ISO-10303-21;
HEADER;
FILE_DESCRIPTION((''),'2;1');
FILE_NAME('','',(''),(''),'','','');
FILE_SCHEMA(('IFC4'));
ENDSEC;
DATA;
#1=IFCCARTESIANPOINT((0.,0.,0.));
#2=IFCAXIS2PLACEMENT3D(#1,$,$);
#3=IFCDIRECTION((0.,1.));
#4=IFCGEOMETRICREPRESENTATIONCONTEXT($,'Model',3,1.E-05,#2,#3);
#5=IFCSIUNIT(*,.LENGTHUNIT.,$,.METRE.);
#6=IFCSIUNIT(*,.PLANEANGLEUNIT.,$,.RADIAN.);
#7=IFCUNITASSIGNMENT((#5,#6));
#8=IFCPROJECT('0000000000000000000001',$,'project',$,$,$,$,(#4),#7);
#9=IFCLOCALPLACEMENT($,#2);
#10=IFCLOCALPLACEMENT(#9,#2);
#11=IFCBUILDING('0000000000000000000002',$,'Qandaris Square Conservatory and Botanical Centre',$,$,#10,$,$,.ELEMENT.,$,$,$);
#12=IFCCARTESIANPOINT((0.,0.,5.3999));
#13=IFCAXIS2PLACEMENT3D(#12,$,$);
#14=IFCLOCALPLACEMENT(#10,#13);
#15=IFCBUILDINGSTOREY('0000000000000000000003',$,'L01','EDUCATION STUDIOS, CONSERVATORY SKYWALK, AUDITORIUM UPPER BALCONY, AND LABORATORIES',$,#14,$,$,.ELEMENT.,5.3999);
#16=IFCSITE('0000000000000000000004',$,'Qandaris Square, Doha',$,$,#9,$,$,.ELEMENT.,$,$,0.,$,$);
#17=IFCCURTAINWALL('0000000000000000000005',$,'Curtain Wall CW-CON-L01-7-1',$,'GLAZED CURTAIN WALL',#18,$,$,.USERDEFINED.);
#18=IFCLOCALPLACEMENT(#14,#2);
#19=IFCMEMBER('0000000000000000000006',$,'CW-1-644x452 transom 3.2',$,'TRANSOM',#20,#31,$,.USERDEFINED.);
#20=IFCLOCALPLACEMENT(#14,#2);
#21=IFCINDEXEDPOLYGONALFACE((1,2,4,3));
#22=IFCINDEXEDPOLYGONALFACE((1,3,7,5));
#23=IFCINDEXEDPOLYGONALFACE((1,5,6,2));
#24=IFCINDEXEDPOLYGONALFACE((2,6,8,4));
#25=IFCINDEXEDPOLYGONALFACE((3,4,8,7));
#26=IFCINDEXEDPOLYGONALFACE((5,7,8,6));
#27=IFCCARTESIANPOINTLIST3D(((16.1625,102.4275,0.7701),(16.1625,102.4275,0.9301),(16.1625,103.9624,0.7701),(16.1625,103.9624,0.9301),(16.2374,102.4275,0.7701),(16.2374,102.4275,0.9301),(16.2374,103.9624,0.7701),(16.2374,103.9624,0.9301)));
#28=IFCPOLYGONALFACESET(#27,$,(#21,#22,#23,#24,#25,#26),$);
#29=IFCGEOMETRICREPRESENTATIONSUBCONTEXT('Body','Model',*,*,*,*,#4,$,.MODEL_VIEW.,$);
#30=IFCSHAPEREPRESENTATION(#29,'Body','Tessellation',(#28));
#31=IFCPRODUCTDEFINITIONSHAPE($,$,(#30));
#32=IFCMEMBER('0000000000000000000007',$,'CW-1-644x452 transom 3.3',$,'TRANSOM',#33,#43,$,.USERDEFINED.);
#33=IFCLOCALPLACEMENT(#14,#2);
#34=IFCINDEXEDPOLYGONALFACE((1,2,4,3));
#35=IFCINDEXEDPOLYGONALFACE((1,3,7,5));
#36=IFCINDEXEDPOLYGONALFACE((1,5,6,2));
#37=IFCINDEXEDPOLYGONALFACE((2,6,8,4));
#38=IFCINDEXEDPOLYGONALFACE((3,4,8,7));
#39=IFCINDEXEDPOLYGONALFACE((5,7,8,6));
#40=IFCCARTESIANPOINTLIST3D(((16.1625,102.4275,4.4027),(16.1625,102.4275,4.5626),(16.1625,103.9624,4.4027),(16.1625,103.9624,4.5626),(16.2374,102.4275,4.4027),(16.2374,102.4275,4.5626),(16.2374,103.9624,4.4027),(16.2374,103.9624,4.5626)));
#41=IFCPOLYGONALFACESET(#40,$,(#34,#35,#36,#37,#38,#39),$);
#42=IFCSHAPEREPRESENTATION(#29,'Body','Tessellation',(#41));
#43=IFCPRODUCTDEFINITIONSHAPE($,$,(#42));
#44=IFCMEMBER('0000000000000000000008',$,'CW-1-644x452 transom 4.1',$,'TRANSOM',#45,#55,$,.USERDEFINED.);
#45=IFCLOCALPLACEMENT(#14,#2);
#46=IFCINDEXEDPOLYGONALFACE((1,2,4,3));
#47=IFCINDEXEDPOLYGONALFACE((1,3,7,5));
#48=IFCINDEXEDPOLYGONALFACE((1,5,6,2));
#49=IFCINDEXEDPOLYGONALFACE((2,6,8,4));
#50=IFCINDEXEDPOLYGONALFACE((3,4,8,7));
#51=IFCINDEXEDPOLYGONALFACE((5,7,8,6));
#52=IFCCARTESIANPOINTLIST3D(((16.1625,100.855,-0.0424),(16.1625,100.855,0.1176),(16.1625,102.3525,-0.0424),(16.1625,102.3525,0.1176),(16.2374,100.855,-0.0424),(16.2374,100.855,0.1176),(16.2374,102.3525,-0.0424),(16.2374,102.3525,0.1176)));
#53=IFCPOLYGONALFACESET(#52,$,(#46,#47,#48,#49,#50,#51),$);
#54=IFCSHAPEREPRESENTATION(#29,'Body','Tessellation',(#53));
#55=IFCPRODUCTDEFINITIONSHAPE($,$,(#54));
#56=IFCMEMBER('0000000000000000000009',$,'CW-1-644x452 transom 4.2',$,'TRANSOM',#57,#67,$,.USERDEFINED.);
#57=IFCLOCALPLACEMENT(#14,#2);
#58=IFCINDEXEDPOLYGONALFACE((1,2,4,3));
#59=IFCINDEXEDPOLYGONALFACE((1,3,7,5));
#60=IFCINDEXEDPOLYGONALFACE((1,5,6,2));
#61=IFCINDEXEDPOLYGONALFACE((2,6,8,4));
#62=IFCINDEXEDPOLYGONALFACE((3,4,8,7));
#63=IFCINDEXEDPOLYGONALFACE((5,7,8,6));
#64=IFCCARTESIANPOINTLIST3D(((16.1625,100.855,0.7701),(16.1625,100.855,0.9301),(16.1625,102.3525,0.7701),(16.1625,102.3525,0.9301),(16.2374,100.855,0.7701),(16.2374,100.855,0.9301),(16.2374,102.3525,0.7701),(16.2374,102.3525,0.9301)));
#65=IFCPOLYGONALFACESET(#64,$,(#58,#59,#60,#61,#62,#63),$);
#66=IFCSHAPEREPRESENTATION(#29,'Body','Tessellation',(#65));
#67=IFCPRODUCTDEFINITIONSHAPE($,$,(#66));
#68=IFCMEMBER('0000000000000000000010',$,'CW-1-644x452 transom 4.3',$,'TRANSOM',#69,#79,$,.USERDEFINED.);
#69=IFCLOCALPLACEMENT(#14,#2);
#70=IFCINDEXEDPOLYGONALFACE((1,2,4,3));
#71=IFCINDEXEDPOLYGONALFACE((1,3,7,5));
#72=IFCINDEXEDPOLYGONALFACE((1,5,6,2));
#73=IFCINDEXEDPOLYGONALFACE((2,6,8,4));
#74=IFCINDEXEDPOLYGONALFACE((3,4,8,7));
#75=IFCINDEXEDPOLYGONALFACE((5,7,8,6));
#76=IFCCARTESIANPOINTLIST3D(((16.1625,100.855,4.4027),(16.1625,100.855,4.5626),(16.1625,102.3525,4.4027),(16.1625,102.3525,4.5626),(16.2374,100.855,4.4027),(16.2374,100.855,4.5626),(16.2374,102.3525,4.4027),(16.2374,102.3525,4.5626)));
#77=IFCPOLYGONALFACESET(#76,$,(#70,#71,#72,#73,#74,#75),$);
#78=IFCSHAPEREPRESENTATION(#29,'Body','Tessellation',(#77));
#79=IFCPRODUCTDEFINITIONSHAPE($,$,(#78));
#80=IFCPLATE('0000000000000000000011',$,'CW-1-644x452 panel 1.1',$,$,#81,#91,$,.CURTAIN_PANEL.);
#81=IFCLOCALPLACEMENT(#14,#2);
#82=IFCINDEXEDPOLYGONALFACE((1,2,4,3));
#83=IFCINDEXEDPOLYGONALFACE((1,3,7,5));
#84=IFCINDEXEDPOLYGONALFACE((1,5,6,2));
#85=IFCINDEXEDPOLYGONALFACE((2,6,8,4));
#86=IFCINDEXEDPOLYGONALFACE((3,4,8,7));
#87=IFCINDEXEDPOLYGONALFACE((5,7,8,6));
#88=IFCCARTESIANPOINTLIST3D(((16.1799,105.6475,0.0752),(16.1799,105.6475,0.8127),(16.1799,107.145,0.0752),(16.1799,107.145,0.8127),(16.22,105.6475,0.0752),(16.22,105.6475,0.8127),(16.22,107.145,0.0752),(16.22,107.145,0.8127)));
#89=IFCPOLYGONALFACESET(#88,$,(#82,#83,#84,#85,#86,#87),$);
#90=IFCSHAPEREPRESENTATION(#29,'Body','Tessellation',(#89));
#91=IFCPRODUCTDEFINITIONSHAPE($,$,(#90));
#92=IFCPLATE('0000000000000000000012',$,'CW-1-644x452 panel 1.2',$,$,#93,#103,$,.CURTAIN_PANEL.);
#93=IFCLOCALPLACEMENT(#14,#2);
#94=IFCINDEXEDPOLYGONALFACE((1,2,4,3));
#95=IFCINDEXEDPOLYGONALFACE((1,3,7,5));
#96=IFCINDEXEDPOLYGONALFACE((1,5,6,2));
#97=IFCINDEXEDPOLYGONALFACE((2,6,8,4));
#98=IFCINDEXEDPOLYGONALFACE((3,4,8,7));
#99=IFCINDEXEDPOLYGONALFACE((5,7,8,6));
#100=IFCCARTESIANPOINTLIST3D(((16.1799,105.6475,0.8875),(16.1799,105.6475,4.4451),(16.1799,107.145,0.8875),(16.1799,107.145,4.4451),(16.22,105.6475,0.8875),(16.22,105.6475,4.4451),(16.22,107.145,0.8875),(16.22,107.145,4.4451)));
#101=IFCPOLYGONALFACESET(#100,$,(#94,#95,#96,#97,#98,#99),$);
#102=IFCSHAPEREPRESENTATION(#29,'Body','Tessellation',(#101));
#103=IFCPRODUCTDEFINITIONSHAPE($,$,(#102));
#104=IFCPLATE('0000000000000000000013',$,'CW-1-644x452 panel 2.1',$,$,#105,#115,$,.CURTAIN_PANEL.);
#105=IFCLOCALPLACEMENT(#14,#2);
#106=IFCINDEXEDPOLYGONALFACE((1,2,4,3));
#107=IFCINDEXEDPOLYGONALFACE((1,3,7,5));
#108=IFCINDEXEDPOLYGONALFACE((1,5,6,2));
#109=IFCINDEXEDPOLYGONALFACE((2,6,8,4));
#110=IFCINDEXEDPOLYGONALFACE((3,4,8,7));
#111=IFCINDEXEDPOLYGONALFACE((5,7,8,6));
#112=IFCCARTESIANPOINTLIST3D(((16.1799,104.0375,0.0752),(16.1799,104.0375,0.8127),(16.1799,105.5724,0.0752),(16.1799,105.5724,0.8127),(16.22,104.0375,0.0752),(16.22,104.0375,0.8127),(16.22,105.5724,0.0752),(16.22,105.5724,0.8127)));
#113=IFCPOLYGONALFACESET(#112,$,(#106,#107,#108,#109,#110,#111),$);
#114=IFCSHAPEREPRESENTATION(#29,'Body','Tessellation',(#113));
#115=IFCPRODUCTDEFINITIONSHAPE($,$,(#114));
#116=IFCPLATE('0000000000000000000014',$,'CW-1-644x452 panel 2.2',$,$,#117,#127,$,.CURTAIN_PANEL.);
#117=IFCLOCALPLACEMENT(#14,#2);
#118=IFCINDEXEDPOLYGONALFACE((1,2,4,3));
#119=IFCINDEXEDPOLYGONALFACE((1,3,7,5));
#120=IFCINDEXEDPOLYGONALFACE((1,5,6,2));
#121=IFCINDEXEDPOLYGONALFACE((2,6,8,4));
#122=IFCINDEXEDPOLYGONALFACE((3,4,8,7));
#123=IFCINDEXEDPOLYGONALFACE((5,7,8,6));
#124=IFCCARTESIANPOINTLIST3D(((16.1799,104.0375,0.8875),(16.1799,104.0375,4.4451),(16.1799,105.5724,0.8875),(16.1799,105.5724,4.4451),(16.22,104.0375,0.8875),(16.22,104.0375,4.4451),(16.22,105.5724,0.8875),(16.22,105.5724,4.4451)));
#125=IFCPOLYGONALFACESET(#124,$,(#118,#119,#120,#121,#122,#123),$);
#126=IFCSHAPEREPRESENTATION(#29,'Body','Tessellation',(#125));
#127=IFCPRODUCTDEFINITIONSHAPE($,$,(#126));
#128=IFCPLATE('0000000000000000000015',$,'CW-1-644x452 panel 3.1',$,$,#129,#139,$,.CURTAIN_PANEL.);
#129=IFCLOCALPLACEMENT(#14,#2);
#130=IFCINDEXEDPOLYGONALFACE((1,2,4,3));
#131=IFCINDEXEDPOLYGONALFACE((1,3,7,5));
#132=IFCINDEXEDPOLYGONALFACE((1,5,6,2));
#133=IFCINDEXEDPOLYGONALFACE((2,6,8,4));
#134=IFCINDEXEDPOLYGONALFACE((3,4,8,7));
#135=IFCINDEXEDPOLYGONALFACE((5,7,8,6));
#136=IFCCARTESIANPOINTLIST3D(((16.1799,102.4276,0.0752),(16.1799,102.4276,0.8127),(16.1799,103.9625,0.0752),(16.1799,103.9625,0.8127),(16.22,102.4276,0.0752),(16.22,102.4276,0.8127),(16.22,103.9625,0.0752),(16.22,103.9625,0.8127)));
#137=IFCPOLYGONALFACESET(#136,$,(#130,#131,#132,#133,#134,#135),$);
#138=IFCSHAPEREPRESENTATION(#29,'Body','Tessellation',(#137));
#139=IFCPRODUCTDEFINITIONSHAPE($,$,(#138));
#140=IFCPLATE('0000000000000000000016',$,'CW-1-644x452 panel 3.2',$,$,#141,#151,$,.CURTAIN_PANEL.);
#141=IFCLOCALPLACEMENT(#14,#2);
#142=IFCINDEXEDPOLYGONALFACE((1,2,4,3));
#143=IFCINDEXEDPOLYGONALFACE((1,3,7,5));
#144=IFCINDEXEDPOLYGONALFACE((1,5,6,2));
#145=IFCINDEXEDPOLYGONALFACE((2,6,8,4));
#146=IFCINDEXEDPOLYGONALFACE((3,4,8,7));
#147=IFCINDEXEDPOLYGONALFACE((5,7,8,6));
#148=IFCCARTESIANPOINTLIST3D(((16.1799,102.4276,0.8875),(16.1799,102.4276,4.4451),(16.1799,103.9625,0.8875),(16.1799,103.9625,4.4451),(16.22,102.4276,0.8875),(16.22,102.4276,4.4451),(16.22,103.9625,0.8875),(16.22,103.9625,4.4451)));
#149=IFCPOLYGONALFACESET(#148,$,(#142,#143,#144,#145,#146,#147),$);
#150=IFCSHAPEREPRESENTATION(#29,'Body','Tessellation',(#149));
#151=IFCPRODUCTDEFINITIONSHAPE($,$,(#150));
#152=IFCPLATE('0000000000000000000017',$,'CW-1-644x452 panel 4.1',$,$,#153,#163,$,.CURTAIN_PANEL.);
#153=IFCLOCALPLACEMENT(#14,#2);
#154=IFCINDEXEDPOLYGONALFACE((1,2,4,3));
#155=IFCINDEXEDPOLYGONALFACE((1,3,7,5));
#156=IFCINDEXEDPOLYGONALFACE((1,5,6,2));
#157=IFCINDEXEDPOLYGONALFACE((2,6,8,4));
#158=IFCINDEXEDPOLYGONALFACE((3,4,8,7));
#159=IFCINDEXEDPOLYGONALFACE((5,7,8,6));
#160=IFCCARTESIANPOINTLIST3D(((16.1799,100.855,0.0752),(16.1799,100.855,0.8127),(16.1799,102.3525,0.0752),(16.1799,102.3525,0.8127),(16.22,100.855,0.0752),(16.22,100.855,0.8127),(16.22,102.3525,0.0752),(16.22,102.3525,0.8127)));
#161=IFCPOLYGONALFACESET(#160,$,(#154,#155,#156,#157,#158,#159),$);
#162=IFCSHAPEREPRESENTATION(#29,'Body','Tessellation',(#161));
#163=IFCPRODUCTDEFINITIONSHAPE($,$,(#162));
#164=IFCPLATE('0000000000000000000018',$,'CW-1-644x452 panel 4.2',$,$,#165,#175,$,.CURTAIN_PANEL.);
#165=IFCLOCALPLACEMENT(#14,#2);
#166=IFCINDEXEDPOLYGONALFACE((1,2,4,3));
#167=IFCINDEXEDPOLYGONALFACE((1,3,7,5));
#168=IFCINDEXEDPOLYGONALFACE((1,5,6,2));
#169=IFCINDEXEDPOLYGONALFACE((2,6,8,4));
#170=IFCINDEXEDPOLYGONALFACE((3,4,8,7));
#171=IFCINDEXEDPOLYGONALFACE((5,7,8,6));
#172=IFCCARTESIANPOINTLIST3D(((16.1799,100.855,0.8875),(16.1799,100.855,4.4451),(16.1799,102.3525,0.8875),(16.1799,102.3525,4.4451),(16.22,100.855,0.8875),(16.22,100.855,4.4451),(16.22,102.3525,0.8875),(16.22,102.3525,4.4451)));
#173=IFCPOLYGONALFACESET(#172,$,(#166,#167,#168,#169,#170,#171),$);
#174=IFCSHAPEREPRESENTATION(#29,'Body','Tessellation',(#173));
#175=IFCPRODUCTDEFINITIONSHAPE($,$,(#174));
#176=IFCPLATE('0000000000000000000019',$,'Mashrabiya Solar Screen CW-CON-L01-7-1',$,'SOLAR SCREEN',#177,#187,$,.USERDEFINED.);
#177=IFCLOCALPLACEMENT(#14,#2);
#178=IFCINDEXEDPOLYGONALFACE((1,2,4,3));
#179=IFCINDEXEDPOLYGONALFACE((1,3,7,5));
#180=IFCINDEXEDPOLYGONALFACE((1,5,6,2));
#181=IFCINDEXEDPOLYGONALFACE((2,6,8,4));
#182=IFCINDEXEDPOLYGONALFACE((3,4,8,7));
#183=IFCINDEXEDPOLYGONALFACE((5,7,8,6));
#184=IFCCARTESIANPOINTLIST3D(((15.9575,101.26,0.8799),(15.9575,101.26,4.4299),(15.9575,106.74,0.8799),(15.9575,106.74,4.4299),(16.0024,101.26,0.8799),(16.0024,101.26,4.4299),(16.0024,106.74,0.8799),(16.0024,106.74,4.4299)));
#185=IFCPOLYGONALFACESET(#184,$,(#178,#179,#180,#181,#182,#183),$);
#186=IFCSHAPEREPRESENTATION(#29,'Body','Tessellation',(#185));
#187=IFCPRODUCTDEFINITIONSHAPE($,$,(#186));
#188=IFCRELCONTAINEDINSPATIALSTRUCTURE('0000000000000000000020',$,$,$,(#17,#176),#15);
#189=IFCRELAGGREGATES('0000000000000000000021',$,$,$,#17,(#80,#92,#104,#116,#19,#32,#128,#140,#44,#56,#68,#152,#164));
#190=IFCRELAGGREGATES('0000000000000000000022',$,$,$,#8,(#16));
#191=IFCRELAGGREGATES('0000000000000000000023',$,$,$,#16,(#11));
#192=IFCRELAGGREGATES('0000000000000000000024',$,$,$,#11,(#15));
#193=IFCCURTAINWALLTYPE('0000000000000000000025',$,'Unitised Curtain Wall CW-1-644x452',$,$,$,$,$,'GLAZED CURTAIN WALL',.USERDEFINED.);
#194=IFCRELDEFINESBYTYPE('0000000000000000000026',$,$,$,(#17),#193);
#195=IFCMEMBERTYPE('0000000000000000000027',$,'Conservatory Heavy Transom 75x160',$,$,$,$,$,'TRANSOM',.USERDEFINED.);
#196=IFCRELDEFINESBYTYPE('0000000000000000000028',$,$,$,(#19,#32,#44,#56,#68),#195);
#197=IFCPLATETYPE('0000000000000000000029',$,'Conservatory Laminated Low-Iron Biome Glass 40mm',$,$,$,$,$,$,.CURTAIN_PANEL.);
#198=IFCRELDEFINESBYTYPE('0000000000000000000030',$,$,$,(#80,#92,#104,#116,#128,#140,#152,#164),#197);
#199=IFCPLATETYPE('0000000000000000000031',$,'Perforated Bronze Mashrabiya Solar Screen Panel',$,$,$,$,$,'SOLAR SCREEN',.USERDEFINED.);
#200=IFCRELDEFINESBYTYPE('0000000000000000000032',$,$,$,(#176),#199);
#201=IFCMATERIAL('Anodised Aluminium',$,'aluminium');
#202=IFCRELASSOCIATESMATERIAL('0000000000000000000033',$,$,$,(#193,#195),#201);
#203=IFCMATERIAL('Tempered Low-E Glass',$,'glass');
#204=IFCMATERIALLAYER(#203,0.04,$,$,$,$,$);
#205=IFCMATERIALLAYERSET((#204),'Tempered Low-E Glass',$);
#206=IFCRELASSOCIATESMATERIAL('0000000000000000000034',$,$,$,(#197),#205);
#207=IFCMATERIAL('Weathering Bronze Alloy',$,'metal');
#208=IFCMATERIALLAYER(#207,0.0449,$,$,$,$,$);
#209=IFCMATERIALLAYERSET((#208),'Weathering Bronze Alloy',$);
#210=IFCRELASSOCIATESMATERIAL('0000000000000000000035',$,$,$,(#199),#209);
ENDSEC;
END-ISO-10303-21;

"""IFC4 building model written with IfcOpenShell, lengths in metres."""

from ifc_helpers import new_model, si_unit, direction, frame, origin, origin_2d, place, context, subcontext, project, spatial, rectangle, extrude, material, layer, layer_set, material_profile, profile_set, type_object, element, aggregate, save


model = new_model("IFC4")

# Units and contexts
model_context = context("Model", 3, precision=1e-05, world=origin(), true_north=direction((0.0, 1.0)))
body_context = subcontext(model_context, "Body", "Model", "MODEL_VIEW")
ifc_project = project(units=[si_unit("LENGTHUNIT", "METRE"), si_unit("PLANEANGLEUNIT", "RADIAN")], contexts=[model_context])

# Site, building, storey
site_placement = place(None, origin())
site = spatial("IfcSite", under=ifc_project, at=site_placement, Name="Qandaris Square, Doha", CompositionType="ELEMENT", RefElevation=0.0)
building_placement = place(site_placement, origin())
building = spatial("IfcBuilding", under=site, at=building_placement, Name="Qandaris Square Conservatory and Botanical Centre", CompositionType="ELEMENT")
storey_placement = place(building_placement, frame((0.0, 0.0, 5.3999)))
storey = spatial("IfcBuildingStorey", under=building, at=storey_placement, Name="L01", Description="EDUCATION STUDIOS, CONSERVATORY SKYWALK, AUDITORIUM UPPER BALCONY, AND LABORATORIES", CompositionType="ELEMENT", Elevation=5.3999)

# Curtain wall, members, plates
ifc_material_1 = material(Name="Anodised Aluminium", Category="aluminium")
curtain_wall_type = type_object("IfcCurtainWallType", Name="Unitised Curtain Wall CW-1-644x452", ElementType="GLAZED CURTAIN WALL", PredefinedType="USERDEFINED", material=ifc_material_1)
curtain_wall_placement = place(storey_placement, origin())
curtain_wall = element("IfcCurtainWall", 1, at=curtain_wall_placement, inside=storey, type_object=curtain_wall_type, Name="Curtain Wall CW-CON-L01-7-1", ObjectType="GLAZED CURTAIN WALL", PredefinedType="USERDEFINED")
ifc_material_profile_1 = material_profile(ifc_material_1, rectangle(XDim=0.075, YDim=0.1599, at=origin_2d()), Name="ALU-TRN 75x160")
ifc_profile_set_1 = profile_set([ifc_material_profile_1], Name="Anodised Aluminium")
member_type_1 = type_object("IfcMemberType", Name="Conservatory Heavy Transom 75x160", ElementType="TRANSOM", PredefinedType="USERDEFINED", material=ifc_profile_set_1)
member_1_placement = place(storey_placement, frame((16.2, 103.9624, 0.8501), z_axis=(0.0, -1.0, 0.0), x_axis=(1.0, 0.0, 0.0)))
member_1 = element("IfcMember", 2, at=member_1_placement, type_object=member_type_1, Name="CW-1-644x452 transom 3.2", ObjectType="TRANSOM", PredefinedType="USERDEFINED", context=body_context, shape_type="SweptSolid", body=[
    extrude(rectangle(XDim=0.075, YDim=0.1599, at=origin_2d()), origin(), (0.0, 0.0, 1.0), 1.5349),
])
member_2_placement = place(storey_placement, frame((16.2, 103.9624, 4.4827), z_axis=(0.0, -1.0, 0.0), x_axis=(1.0, 0.0, 0.0)))
member_2 = element("IfcMember", 3, at=member_2_placement, type_object=member_type_1, Name="CW-1-644x452 transom 3.3", ObjectType="TRANSOM", PredefinedType="USERDEFINED", context=body_context, shape_type="SweptSolid", body=[
    extrude(rectangle(XDim=0.075, YDim=0.1599, at=origin_2d()), origin(), (0.0, 0.0, 1.0), 1.5349),
])
member_3_placement = place(storey_placement, frame((16.2, 102.3525, 0.0376), z_axis=(0.0, -1.0, 0.0), x_axis=(1.0, 0.0, 0.0)))
member_3 = element("IfcMember", 4, at=member_3_placement, type_object=member_type_1, Name="CW-1-644x452 transom 4.1", ObjectType="TRANSOM", PredefinedType="USERDEFINED", context=body_context, shape_type="SweptSolid", body=[
    extrude(rectangle(XDim=0.075, YDim=0.1599, at=origin_2d()), origin(), (0.0, 0.0, 1.0), 1.4976),
])
member_4_placement = place(storey_placement, frame((16.2, 102.3525, 0.8501), z_axis=(0.0, -1.0, 0.0), x_axis=(1.0, 0.0, 0.0)))
member_4 = element("IfcMember", 5, at=member_4_placement, type_object=member_type_1, Name="CW-1-644x452 transom 4.2", ObjectType="TRANSOM", PredefinedType="USERDEFINED", context=body_context, shape_type="SweptSolid", body=[
    extrude(rectangle(XDim=0.075, YDim=0.1599, at=origin_2d()), origin(), (0.0, 0.0, 1.0), 1.4976),
])
member_5_placement = place(storey_placement, frame((16.2, 102.3525, 4.4827), z_axis=(0.0, -1.0, 0.0), x_axis=(1.0, 0.0, 0.0)))
member_5 = element("IfcMember", 6, at=member_5_placement, type_object=member_type_1, Name="CW-1-644x452 transom 4.3", ObjectType="TRANSOM", PredefinedType="USERDEFINED", context=body_context, shape_type="SweptSolid", body=[
    extrude(rectangle(XDim=0.075, YDim=0.1599, at=origin_2d()), origin(), (0.0, 0.0, 1.0), 1.4976),
])
ifc_material_2 = material(Name="Tempered Low-E Glass", Category="glass")
ifc_layer_1 = layer(ifc_material_2, 0.04)
ifc_layer_set_1 = layer_set([ifc_layer_1], Name="Tempered Low-E Glass")
plate_type_1 = type_object("IfcPlateType", Name="Conservatory Laminated Low-Iron Biome Glass 40mm", PredefinedType="CURTAIN_PANEL", material=ifc_layer_set_1)
plate_1_placement = place(storey_placement, frame((16.2, 106.3962, 0.0752), z_axis=(0.0, 0.0, 1.0), x_axis=(0.0, -1.0, 0.0)))
plate_1 = element("IfcPlate", 7, at=plate_1_placement, type_object=plate_type_1, Name="CW-1-644x452 panel 1.1", PredefinedType="CURTAIN_PANEL", context=body_context, shape_type="SweptSolid", body=[
    extrude(rectangle(XDim=1.4976, YDim=0.04, at=origin_2d()), origin(), (0.0, 0.0, 1.0), 0.7375),
])
plate_2_placement = place(storey_placement, frame((16.2, 106.3962, 0.8875), z_axis=(0.0, 0.0, 1.0), x_axis=(0.0, -1.0, 0.0)))
plate_2 = element("IfcPlate", 8, at=plate_2_placement, type_object=plate_type_1, Name="CW-1-644x452 panel 1.2", PredefinedType="CURTAIN_PANEL", context=body_context, shape_type="SweptSolid", body=[
    extrude(rectangle(XDim=1.4976, YDim=0.04, at=origin_2d()), origin(), (0.0, 0.0, 1.0), 3.5576),
])
plate_3_placement = place(storey_placement, frame((16.2, 104.8049, 0.0752), z_axis=(0.0, 0.0, 1.0), x_axis=(0.0, -1.0, 0.0)))
plate_3 = element("IfcPlate", 9, at=plate_3_placement, type_object=plate_type_1, Name="CW-1-644x452 panel 2.1", PredefinedType="CURTAIN_PANEL", context=body_context, shape_type="SweptSolid", body=[
    extrude(rectangle(XDim=1.5349, YDim=0.04, at=origin_2d()), origin(), (0.0, 0.0, 1.0), 0.7375),
])
plate_4_placement = place(storey_placement, frame((16.2, 104.8049, 0.8875), z_axis=(0.0, 0.0, 1.0), x_axis=(0.0, -1.0, 0.0)))
plate_4 = element("IfcPlate", 10, at=plate_4_placement, type_object=plate_type_1, Name="CW-1-644x452 panel 2.2", PredefinedType="CURTAIN_PANEL", context=body_context, shape_type="SweptSolid", body=[
    extrude(rectangle(XDim=1.5349, YDim=0.04, at=origin_2d()), origin(), (0.0, 0.0, 1.0), 3.5576),
])
plate_5_placement = place(storey_placement, frame((16.2, 103.1951, 0.0752), z_axis=(0.0, 0.0, 1.0), x_axis=(0.0, -1.0, 0.0)))
plate_5 = element("IfcPlate", 11, at=plate_5_placement, type_object=plate_type_1, Name="CW-1-644x452 panel 3.1", PredefinedType="CURTAIN_PANEL", context=body_context, shape_type="SweptSolid", body=[
    extrude(rectangle(XDim=1.5349, YDim=0.04, at=origin_2d()), origin(), (0.0, 0.0, 1.0), 0.7375),
])
plate_6_placement = place(storey_placement, frame((16.2, 103.1951, 0.8875), z_axis=(0.0, 0.0, 1.0), x_axis=(0.0, -1.0, 0.0)))
plate_6 = element("IfcPlate", 12, at=plate_6_placement, type_object=plate_type_1, Name="CW-1-644x452 panel 3.2", PredefinedType="CURTAIN_PANEL", context=body_context, shape_type="SweptSolid", body=[
    extrude(rectangle(XDim=1.5349, YDim=0.04, at=origin_2d()), origin(), (0.0, 0.0, 1.0), 3.5576),
])
plate_7_placement = place(storey_placement, frame((16.2, 101.6038, 0.0752), z_axis=(0.0, 0.0, 1.0), x_axis=(0.0, -1.0, 0.0)))
plate_7 = element("IfcPlate", 13, at=plate_7_placement, type_object=plate_type_1, Name="CW-1-644x452 panel 4.1", PredefinedType="CURTAIN_PANEL", context=body_context, shape_type="SweptSolid", body=[
    extrude(rectangle(XDim=1.4976, YDim=0.04, at=origin_2d()), origin(), (0.0, 0.0, 1.0), 0.7375),
])
plate_8_placement = place(storey_placement, frame((16.2, 101.6038, 0.8875), z_axis=(0.0, 0.0, 1.0), x_axis=(0.0, -1.0, 0.0)))
plate_8 = element("IfcPlate", 14, at=plate_8_placement, type_object=plate_type_1, Name="CW-1-644x452 panel 4.2", PredefinedType="CURTAIN_PANEL", context=body_context, shape_type="SweptSolid", body=[
    extrude(rectangle(XDim=1.4976, YDim=0.04, at=origin_2d()), origin(), (0.0, 0.0, 1.0), 3.5576),
])
aggregate(curtain_wall, [plate_1, plate_2, plate_3, plate_4, member_1, member_2, plate_5, plate_6, member_3, member_4, member_5, plate_7, plate_8])

# Plate
ifc_material_3 = material(Name="Weathering Bronze Alloy", Category="metal")
ifc_layer_2 = layer(ifc_material_3, 0.0449)
ifc_layer_set_2 = layer_set([ifc_layer_2], Name="Weathering Bronze Alloy")
plate_type_2 = type_object("IfcPlateType", Name="Perforated Bronze Mashrabiya Solar Screen Panel", ElementType="SOLAR SCREEN", PredefinedType="USERDEFINED", material=ifc_layer_set_2)
plate_9_placement = place(storey_placement, frame((15.98, 104.0, 0.8799), z_axis=(0.0, 0.0, 1.0), x_axis=(0.0, -1.0, 0.0)))
element("IfcPlate", 15, at=plate_9_placement, inside=storey, type_object=plate_type_2, Name="Mashrabiya Solar Screen CW-CON-L01-7-1", ObjectType="SOLAR SCREEN", PredefinedType="USERDEFINED", context=body_context, shape_type="SweptSolid", body=[
    extrude(rectangle(XDim=5.48, YDim=0.0449, at=origin_2d()), origin(), (0.0, 0.0, 1.0), 3.55),
])

save(model, "model.ifc")
